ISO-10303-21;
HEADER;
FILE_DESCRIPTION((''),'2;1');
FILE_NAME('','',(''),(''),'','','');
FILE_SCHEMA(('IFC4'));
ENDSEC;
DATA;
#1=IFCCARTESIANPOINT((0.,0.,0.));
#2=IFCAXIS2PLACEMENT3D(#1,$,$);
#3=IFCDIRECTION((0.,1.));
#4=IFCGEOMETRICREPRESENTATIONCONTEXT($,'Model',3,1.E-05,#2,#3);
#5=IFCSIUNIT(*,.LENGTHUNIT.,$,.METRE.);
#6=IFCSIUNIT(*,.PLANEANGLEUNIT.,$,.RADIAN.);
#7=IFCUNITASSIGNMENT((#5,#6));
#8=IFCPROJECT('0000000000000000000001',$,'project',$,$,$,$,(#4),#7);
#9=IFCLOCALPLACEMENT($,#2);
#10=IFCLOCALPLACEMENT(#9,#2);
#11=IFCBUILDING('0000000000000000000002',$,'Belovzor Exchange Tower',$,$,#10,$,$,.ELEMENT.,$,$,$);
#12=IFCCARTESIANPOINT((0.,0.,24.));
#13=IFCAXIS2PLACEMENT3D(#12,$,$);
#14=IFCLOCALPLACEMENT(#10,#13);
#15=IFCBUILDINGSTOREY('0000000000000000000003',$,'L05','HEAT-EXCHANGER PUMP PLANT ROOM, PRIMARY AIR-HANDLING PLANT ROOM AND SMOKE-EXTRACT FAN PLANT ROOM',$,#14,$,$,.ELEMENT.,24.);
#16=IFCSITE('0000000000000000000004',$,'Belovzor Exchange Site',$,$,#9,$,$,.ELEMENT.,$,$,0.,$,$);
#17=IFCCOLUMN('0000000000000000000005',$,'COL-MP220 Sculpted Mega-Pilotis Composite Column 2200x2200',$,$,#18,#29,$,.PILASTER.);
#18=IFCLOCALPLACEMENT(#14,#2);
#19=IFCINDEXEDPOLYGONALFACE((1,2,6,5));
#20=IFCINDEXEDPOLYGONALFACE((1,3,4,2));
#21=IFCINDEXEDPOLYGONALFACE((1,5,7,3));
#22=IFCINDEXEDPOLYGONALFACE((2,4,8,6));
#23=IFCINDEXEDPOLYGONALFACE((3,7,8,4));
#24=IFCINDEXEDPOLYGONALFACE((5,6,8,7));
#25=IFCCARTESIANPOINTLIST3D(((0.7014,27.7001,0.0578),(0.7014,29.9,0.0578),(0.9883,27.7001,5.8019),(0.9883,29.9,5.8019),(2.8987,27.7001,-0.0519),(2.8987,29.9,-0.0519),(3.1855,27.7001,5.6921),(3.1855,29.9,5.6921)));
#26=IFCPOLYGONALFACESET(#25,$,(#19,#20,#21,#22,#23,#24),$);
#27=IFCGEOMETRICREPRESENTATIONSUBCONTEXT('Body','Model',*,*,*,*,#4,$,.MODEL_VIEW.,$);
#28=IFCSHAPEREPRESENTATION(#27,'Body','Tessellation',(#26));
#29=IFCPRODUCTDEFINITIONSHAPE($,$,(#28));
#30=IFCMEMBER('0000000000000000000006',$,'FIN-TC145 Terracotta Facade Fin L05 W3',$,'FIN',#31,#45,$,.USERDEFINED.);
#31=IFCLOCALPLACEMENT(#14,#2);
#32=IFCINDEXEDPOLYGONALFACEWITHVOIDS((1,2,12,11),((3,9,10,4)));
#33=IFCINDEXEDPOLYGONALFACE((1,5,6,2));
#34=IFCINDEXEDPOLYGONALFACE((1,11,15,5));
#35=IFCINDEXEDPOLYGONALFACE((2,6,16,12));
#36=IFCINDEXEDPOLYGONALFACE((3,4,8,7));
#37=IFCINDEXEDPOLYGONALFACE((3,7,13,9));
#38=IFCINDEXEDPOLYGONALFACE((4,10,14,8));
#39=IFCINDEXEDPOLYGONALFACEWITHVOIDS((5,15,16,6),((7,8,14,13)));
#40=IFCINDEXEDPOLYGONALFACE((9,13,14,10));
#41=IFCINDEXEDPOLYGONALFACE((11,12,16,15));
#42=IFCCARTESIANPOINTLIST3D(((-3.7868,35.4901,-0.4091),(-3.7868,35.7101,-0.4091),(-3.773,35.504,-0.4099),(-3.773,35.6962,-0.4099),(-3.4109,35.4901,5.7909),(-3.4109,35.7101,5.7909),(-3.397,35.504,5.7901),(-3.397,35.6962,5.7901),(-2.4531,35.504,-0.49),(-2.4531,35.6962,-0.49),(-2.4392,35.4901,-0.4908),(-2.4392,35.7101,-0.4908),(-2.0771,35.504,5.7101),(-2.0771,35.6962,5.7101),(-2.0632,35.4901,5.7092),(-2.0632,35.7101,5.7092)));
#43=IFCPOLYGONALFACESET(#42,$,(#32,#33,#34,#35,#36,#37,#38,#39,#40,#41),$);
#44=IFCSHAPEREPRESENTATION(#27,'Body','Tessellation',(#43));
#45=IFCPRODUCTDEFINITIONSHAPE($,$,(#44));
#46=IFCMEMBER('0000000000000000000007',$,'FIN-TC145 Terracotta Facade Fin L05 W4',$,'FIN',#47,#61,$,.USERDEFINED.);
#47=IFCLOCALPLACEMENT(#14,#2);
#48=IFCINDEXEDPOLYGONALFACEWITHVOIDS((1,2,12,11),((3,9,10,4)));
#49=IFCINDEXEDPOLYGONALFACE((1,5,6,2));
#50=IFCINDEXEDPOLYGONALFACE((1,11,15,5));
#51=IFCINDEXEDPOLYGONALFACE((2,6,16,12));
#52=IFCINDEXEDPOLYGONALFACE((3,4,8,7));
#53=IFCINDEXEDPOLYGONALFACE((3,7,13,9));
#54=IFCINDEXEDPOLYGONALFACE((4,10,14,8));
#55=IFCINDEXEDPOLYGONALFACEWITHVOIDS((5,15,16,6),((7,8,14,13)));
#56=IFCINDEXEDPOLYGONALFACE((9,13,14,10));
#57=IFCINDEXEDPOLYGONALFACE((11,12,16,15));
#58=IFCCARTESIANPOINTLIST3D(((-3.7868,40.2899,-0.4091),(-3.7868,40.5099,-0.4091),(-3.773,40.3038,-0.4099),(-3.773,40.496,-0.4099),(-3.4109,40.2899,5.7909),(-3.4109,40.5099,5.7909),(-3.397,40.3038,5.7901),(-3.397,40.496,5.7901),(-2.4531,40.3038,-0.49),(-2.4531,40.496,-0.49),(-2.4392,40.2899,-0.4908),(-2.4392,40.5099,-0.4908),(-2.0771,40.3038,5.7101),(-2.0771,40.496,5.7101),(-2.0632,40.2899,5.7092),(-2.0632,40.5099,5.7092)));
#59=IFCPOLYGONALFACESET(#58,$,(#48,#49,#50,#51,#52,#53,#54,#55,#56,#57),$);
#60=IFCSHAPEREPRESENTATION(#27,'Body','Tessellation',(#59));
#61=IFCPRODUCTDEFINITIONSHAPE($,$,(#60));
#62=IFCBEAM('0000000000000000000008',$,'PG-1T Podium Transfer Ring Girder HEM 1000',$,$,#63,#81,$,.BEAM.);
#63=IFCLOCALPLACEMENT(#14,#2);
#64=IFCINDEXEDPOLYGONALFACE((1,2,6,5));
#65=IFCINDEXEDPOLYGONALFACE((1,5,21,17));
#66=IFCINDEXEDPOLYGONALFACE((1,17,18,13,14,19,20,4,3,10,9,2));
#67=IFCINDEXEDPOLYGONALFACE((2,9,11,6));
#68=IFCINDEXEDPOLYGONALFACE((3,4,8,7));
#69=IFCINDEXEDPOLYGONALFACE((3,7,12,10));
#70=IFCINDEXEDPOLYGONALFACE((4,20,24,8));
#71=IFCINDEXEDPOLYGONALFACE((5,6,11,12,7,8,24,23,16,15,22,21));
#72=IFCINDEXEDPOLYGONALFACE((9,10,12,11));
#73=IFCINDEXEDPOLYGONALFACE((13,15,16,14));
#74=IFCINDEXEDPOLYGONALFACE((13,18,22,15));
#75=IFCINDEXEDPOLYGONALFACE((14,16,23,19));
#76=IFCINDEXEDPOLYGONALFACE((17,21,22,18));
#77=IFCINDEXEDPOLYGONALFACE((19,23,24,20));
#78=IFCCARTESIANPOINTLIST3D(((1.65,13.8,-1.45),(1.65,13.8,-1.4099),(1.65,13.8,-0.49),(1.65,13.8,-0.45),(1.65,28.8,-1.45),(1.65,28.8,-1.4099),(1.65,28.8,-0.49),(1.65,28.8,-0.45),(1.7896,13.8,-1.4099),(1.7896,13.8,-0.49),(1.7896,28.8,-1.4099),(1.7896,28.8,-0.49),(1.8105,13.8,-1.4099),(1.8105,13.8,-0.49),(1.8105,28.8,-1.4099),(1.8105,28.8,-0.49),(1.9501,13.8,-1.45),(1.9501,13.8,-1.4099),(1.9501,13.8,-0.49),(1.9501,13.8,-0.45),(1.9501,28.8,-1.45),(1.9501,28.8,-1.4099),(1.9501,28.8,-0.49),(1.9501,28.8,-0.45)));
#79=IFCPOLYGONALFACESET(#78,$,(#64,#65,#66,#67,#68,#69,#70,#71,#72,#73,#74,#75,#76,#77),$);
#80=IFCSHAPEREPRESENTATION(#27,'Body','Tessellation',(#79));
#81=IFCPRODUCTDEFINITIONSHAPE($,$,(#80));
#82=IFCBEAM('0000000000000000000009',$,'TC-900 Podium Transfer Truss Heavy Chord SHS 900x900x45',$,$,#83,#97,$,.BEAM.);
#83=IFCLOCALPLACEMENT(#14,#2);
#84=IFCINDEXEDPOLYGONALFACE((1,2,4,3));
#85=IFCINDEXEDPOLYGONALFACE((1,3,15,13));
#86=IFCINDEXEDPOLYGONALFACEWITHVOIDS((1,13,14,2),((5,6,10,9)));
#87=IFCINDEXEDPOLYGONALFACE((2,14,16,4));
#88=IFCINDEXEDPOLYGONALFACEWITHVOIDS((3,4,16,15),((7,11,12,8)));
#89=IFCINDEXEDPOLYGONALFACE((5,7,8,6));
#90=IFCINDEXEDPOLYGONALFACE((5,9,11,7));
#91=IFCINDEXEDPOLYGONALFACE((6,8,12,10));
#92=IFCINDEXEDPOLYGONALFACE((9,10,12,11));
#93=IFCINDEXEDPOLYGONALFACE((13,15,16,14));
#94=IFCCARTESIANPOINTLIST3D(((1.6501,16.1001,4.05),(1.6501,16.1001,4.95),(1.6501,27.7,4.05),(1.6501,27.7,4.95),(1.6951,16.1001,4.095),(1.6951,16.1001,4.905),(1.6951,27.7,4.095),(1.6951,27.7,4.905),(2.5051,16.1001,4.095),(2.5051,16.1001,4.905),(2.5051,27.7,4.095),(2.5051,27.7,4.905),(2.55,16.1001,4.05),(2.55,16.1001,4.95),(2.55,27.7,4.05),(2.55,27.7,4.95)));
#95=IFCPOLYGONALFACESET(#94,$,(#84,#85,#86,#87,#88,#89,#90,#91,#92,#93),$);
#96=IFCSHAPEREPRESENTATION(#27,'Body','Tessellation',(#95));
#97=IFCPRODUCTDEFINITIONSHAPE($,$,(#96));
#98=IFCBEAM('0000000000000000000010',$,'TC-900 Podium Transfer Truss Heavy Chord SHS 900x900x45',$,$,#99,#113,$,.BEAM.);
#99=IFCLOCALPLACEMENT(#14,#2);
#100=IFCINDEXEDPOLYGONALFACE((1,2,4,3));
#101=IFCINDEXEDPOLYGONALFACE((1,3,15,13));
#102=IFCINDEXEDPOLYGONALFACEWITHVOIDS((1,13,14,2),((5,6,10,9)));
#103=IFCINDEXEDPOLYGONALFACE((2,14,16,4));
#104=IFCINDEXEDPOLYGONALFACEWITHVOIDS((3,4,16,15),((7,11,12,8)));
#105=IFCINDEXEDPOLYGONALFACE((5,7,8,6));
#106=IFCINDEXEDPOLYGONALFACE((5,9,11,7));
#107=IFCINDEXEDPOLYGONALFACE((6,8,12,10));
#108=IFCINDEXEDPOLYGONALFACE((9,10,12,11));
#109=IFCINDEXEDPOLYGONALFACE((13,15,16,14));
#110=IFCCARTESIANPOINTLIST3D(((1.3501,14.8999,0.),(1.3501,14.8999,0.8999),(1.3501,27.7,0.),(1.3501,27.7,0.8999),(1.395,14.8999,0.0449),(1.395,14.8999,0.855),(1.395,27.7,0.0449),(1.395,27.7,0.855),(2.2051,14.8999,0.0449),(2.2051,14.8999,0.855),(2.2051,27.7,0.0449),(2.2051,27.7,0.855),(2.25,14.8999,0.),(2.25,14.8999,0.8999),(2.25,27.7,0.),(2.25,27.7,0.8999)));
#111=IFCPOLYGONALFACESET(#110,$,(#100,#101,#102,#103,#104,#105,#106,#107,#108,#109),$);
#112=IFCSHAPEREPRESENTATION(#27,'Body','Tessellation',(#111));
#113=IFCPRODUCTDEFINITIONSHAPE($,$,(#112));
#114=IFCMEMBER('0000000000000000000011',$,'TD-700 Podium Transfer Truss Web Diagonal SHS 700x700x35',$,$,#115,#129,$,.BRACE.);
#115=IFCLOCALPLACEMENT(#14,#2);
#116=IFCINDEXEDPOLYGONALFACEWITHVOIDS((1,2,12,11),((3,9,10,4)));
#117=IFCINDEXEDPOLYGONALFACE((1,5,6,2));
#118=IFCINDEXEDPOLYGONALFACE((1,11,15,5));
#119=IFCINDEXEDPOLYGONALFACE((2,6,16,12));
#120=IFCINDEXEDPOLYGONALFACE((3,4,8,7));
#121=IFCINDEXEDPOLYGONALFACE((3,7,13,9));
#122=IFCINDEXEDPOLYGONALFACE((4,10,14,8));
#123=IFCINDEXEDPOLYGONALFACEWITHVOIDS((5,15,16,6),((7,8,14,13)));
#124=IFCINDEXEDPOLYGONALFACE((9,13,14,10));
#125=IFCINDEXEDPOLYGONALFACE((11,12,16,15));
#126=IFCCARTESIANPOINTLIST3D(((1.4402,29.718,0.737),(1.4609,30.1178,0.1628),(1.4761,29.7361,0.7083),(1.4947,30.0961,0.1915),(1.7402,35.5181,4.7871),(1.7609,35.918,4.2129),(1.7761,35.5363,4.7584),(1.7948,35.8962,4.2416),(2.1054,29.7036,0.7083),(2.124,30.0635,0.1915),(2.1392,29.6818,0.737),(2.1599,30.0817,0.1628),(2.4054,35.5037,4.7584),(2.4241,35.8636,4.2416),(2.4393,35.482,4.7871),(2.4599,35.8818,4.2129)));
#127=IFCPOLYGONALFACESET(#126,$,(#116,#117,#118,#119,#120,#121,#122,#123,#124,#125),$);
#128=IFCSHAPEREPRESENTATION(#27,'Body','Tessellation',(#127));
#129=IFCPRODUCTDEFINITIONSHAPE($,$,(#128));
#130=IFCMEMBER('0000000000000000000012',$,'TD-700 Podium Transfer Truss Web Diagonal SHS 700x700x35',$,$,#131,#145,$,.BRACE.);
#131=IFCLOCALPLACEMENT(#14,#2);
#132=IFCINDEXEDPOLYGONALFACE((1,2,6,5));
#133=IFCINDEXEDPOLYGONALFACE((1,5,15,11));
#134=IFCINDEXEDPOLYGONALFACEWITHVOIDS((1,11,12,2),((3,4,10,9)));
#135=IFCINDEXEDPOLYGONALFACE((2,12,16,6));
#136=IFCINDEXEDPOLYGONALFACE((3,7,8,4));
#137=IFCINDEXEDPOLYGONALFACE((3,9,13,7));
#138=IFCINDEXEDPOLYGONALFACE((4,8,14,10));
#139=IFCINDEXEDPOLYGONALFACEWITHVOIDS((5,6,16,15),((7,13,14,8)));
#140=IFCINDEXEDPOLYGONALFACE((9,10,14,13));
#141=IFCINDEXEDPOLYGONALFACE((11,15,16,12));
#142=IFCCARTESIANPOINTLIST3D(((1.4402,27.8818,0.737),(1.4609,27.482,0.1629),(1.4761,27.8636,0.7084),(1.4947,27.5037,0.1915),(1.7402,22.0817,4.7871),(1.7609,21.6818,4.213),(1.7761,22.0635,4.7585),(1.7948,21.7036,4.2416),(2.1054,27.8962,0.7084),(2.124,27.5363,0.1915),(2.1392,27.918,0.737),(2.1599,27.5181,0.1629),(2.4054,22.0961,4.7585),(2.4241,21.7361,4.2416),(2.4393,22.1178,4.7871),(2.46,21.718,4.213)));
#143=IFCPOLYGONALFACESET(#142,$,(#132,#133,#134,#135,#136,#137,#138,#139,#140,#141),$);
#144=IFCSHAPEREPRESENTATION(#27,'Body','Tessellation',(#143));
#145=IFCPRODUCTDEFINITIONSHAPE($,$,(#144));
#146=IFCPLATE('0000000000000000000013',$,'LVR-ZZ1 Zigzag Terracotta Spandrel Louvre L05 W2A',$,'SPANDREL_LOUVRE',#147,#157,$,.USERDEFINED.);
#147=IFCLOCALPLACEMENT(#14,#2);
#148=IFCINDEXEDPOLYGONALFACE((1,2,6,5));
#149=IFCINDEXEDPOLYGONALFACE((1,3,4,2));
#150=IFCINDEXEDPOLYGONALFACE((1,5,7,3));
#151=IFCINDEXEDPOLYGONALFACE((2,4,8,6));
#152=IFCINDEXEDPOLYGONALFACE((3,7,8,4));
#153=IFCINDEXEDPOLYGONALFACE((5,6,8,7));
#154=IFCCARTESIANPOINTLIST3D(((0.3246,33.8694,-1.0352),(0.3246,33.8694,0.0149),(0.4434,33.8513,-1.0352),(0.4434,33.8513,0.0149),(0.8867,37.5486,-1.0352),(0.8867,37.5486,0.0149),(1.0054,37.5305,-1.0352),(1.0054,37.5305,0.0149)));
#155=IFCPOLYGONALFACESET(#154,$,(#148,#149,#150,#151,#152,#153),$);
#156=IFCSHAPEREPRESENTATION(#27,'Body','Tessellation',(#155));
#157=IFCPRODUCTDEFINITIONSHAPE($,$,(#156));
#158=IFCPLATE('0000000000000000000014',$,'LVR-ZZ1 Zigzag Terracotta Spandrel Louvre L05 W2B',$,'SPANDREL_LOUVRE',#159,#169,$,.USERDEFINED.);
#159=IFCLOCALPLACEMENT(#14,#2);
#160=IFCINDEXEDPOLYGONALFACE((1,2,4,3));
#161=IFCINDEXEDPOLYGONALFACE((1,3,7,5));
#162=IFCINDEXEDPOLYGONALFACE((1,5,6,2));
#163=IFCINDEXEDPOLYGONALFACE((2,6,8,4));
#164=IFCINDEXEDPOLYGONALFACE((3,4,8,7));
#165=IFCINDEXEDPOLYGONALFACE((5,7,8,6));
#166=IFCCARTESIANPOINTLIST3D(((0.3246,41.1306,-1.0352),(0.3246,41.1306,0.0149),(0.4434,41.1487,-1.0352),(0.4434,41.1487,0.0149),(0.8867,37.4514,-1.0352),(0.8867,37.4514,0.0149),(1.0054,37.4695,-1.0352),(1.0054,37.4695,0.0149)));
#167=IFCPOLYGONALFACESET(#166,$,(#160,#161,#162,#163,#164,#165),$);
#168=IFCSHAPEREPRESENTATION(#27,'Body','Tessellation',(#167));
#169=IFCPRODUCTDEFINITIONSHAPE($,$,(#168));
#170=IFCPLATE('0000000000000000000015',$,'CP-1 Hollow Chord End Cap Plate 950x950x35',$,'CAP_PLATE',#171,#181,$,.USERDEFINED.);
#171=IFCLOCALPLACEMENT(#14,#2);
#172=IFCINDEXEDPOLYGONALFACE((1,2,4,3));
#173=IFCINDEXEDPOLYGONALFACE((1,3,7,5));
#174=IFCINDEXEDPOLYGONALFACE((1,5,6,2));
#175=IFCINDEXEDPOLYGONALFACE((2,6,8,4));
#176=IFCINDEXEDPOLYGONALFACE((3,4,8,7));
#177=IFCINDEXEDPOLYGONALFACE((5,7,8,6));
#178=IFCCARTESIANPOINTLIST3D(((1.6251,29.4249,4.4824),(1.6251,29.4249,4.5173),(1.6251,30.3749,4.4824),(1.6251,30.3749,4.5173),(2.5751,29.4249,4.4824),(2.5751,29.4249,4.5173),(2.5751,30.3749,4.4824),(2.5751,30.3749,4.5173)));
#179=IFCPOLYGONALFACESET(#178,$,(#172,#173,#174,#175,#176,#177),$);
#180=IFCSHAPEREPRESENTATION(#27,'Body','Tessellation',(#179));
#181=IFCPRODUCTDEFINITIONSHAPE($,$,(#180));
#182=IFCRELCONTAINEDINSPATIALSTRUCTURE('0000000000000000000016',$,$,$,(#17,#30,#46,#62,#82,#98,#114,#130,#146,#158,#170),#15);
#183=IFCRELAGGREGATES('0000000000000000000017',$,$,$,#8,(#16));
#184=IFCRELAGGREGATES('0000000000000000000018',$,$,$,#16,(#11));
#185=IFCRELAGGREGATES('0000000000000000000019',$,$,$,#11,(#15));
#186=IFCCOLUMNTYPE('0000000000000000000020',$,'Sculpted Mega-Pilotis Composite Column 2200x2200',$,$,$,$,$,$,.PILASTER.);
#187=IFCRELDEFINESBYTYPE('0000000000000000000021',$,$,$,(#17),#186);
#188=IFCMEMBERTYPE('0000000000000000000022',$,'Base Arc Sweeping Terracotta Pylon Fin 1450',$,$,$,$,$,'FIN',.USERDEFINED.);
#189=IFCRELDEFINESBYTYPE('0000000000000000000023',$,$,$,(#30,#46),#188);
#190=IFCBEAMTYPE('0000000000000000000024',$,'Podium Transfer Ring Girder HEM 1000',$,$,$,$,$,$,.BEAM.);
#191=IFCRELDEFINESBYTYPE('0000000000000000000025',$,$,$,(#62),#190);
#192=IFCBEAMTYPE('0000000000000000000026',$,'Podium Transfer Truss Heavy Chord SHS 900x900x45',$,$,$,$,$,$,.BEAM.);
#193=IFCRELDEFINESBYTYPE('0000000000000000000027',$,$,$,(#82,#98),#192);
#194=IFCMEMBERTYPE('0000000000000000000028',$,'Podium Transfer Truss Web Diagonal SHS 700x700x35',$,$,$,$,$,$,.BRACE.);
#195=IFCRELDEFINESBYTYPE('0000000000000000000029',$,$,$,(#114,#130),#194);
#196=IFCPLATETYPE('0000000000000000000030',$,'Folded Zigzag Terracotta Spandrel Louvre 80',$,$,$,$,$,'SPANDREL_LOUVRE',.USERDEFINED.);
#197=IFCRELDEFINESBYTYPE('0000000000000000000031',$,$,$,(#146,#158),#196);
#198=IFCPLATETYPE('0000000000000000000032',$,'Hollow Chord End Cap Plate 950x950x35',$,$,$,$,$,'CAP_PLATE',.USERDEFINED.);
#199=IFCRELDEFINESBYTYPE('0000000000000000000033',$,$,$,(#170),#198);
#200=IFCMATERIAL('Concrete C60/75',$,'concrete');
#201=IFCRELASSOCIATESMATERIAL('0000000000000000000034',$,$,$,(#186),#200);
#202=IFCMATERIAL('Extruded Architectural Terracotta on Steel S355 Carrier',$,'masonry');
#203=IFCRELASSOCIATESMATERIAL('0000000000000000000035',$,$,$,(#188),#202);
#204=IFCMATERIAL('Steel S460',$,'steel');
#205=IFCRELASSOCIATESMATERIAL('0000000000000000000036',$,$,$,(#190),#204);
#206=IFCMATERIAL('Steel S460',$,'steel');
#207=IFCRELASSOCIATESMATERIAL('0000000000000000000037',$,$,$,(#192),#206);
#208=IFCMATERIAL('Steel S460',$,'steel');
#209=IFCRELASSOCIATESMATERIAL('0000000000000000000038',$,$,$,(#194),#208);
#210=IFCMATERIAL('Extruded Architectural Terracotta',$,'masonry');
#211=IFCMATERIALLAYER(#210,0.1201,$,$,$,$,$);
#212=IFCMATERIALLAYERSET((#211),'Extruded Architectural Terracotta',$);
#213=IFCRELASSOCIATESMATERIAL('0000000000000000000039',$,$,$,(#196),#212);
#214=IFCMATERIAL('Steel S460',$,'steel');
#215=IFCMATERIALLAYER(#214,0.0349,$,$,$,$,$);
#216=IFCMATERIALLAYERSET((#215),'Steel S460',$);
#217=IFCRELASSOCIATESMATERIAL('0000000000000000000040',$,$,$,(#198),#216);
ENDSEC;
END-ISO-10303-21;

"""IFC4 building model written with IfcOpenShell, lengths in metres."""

from ifc_helpers import new_model, si_unit, direction, frame, origin, origin_2d, place, context, subcontext, project, spatial, rectangle, hollow_rectangle, i_section, extrude, material, layer, layer_set, material_profile, profile_set, type_object, element, save


model = new_model("IFC4")

# Units and contexts
model_context = context("Model", 3, precision=1e-05, world=origin(), true_north=direction((0.0, 1.0)))
body_context = subcontext(model_context, "Body", "Model", "MODEL_VIEW")
ifc_project = project(units=[si_unit("LENGTHUNIT", "METRE"), si_unit("PLANEANGLEUNIT", "RADIAN")], contexts=[model_context])

# Site, building, storey
site_placement = place(None, origin())
site = spatial("IfcSite", under=ifc_project, at=site_placement, Name="Belovzor Exchange Site", CompositionType="ELEMENT", RefElevation=0.0)
building_placement = place(site_placement, origin())
building = spatial("IfcBuilding", under=site, at=building_placement, Name="Belovzor Exchange Tower", CompositionType="ELEMENT")
storey_placement = place(building_placement, frame((0.0, 0.0, 24.0)))
storey = spatial("IfcBuildingStorey", under=building, at=storey_placement, Name="L05", Description="HEAT-EXCHANGER PUMP PLANT ROOM, PRIMARY AIR-HANDLING PLANT ROOM AND SMOKE-EXTRACT FAN PLANT ROOM", CompositionType="ELEMENT", Elevation=24.0)

# Column
ifc_material_1 = material(Name="Concrete C60/75", Category="concrete")
ifc_material_profile_1 = material_profile(ifc_material_1, rectangle(XDim=2.2, YDim=2.2, at=origin_2d()))
ifc_profile_set_1 = profile_set([ifc_material_profile_1], Name="Concrete C60/75")
column_type = type_object("IfcColumnType", Name="Sculpted Mega-Pilotis Composite Column 2200x2200", PredefinedType="PILASTER", material=ifc_profile_set_1)
column_placement = place(storey_placement, frame((1.8, 28.8, 0.0029), z_axis=(0.049878, 0.0, 0.998755), x_axis=(0.0, 1.0, 0.0)))
element("IfcColumn", 1, at=column_placement, inside=storey, type_object=column_type, Name="COL-MP220 Sculpted Mega-Pilotis Composite Column 2200x2200", PredefinedType="PILASTER", context=body_context, shape_type="SweptSolid", body=[
    extrude(rectangle(XDim=2.2, YDim=2.2, at=origin_2d()), origin(), (0.0, 0.0, 1.0), 5.7512),
])

# Members
ifc_material_2 = material(Name="Extruded Architectural Terracotta on Steel S355 Carrier", Category="masonry")
ifc_material_profile_2 = material_profile(ifc_material_2, hollow_rectangle(XDim=0.22, YDim=1.3501, WallThickness=0.0139, at=origin_2d()))
ifc_profile_set_2 = profile_set([ifc_material_profile_2], Name="Extruded Architectural Terracotta on Steel S355 Carrier")
member_type_1 = type_object("IfcMemberType", Name="Base Arc Sweeping Terracotta Pylon Fin 1450", ElementType="FIN", PredefinedType="USERDEFINED", material=ifc_profile_set_2)
for number, where, z_axis, x_axis, name in (
    (2, (-3.113, 35.6001, -0.45), (0.060531, 0.0, 0.998166), (0.0, 1.0, 0.0), "FIN-TC145 Terracotta Facade Fin L05 W3"),
    (3, (-3.113, 40.3999, -0.45), (0.060531, 0.0, 0.998166), (0.0, 1.0, 0.0), "FIN-TC145 Terracotta Facade Fin L05 W4"),
):
    element("IfcMember", number, at=place(storey_placement, frame(where, z_axis=z_axis, x_axis=x_axis)), inside=storey, type_object=member_type_1, Name=name, ObjectType="FIN", PredefinedType="USERDEFINED", context=body_context, shape_type="SweptSolid", body=[
        extrude(hollow_rectangle(XDim=0.22, YDim=1.3501, WallThickness=0.0139, at=origin_2d()), origin(), (0.0, 0.0, 1.0), 6.2114),
    ])

# Beams
ifc_material_3 = material(Name="Steel S460", Category="steel")
ifc_material_profile_3 = material_profile(ifc_material_3, i_section(OverallWidth=0.3, OverallDepth=1.0, WebThickness=0.021, FlangeThickness=0.04, at=origin_2d()))
ifc_profile_set_3 = profile_set([ifc_material_profile_3], Name="Steel S460")
beam_type_1 = type_object("IfcBeamType", Name="Podium Transfer Ring Girder HEM 1000", PredefinedType="BEAM", material=ifc_profile_set_3)
beam_1_placement = place(storey_placement, frame((1.8, 28.8, -0.95), z_axis=(0.0, -1.0, 0.0), x_axis=(1.0, 0.0, 0.0)))
element("IfcBeam", 4, at=beam_1_placement, inside=storey, type_object=beam_type_1, Name="PG-1T Podium Transfer Ring Girder HEM 1000", PredefinedType="BEAM", context=body_context, shape_type="SweptSolid", body=[
    extrude(i_section(OverallWidth=0.3, OverallDepth=1.0, WebThickness=0.021, FlangeThickness=0.04, at=origin_2d()), origin(), (0.0, 0.0, 1.0), 15.0),
])
ifc_material_4 = material(Name="Steel S460", Category="steel")
ifc_material_profile_4 = material_profile(ifc_material_4, hollow_rectangle(XDim=0.8999, YDim=0.8999, WallThickness=0.0449, at=origin_2d()))
ifc_profile_set_4 = profile_set([ifc_material_profile_4], Name="Steel S460")
beam_type_2 = type_object("IfcBeamType", Name="Podium Transfer Truss Heavy Chord SHS 900x900x45", PredefinedType="BEAM", material=ifc_profile_set_4)
beam_2_placement = place(storey_placement, frame((2.1001, 27.7, 4.5), z_axis=(0.0, -1.0, 0.0), x_axis=(1.0, 0.0, 0.0)))
element("IfcBeam", 5, at=beam_2_placement, inside=storey, type_object=beam_type_2, Name="TC-900 Podium Transfer Truss Heavy Chord SHS 900x900x45", PredefinedType="BEAM", context=body_context, shape_type="SweptSolid", body=[
    extrude(hollow_rectangle(XDim=0.8999, YDim=0.8999, WallThickness=0.0449, at=origin_2d()), origin(), (0.0, 0.0, 1.0), 11.5999),
])
beam_3_placement = place(storey_placement, frame((1.8, 27.7, 0.45), z_axis=(0.0, -1.0, 0.0), x_axis=(1.0, 0.0, 0.0)))
element("IfcBeam", 6, at=beam_3_placement, inside=storey, type_object=beam_type_2, Name="TC-900 Podium Transfer Truss Heavy Chord SHS 900x900x45", PredefinedType="BEAM", context=body_context, shape_type="SweptSolid", body=[
    extrude(hollow_rectangle(XDim=0.8999, YDim=0.8999, WallThickness=0.0449, at=origin_2d()), origin(), (0.0, 0.0, 1.0), 12.8),
])

# Members
ifc_material_5 = material(Name="Steel S460", Category="steel")
ifc_material_profile_5 = material_profile(ifc_material_5, hollow_rectangle(XDim=0.7, YDim=0.7, WallThickness=0.0349, at=origin_2d()))
ifc_profile_set_5 = profile_set([ifc_material_profile_5], Name="Steel S460")
member_type_2 = type_object("IfcMemberType", Name="Podium Transfer Truss Web Diagonal SHS 700x700x35", PredefinedType="BRACE", material=ifc_profile_set_5)
for number, where, z_axis, x_axis, name in (
    (7, (2.1001, 35.7, 4.5), (-0.042377, -0.819158, -0.572), (0.998665, -0.051663, 0.0), "TD-700 Podium Transfer Truss Web Diagonal SHS 700x700x35"),
    (8, (1.8, 27.7, 0.45), (0.042377, -0.819158, 0.572), (0.998665, 0.051663, 0.0), "TD-700 Podium Transfer Truss Web Diagonal SHS 700x700x35"),
):
    element("IfcMember", number, at=place(storey_placement, frame(where, z_axis=z_axis, x_axis=x_axis)), inside=storey, type_object=member_type_2, Name=name, PredefinedType="BRACE", context=body_context, shape_type="SweptSolid", body=[
        extrude(hollow_rectangle(XDim=0.7, YDim=0.7, WallThickness=0.0349, at=origin_2d()), origin(), (0.0, 0.0, 1.0), 7.0806),
    ])

# Plates
ifc_material_6 = material(Name="Extruded Architectural Terracotta", Category="masonry")
ifc_layer_1 = layer(ifc_material_6, 0.1201)
ifc_layer_set_1 = layer_set([ifc_layer_1], Name="Extruded Architectural Terracotta")
plate_type_1 = type_object("IfcPlateType", Name="Folded Zigzag Terracotta Spandrel Louvre 80", ElementType="SPANDREL_LOUVRE", PredefinedType="USERDEFINED", material=ifc_layer_set_1)
for number, where, z_axis, x_axis, name in (
    (9, (0.665, 35.7, -1.0352), (0.0, 0.0, 1.0), (0.151019, 0.988531, 0.0), "LVR-ZZ1 Zigzag Terracotta Spandrel Louvre L05 W2A"),
    (10, (0.665, 39.3, -1.0352), (0.0, 0.0, 1.0), (-0.151019, 0.988531, 0.0), "LVR-ZZ1 Zigzag Terracotta Spandrel Louvre L05 W2B"),
):
    element("IfcPlate", number, at=place(storey_placement, frame(where, z_axis=z_axis, x_axis=x_axis)), inside=storey, type_object=plate_type_1, Name=name, ObjectType="SPANDREL_LOUVRE", PredefinedType="USERDEFINED", context=body_context, shape_type="SweptSolid", body=[
        extrude(rectangle(XDim=3.7219, YDim=0.1201, at=origin_2d()), origin(), (0.0, 0.0, 1.0), 1.05),
    ])
ifc_material_7 = material(Name="Steel S460", Category="steel")
ifc_layer_2 = layer(ifc_material_7, 0.0349)
ifc_layer_set_2 = layer_set([ifc_layer_2], Name="Steel S460")
plate_type_2 = type_object("IfcPlateType", Name="Hollow Chord End Cap Plate 950x950x35", ElementType="CAP_PLATE", PredefinedType="USERDEFINED", material=ifc_layer_set_2)
for number, where, z_axis, x_axis, name in (
    (11, (2.1001, 29.8999, 4.4824), (0.0, 0.0, 1.0), (0.0, 1.0, 0.0), "CP-1 Hollow Chord End Cap Plate 950x950x35"),
):
    element("IfcPlate", number, at=place(storey_placement, frame(where, z_axis=z_axis, x_axis=x_axis)), inside=storey, type_object=plate_type_2, Name=name, ObjectType="CAP_PLATE", PredefinedType="USERDEFINED", context=body_context, shape_type="SweptSolid", body=[
        extrude(rectangle(XDim=0.95, YDim=0.95, at=origin_2d()), origin(), (0.0, 0.0, 1.0), 0.0349),
    ])

save(model, "model.ifc")
